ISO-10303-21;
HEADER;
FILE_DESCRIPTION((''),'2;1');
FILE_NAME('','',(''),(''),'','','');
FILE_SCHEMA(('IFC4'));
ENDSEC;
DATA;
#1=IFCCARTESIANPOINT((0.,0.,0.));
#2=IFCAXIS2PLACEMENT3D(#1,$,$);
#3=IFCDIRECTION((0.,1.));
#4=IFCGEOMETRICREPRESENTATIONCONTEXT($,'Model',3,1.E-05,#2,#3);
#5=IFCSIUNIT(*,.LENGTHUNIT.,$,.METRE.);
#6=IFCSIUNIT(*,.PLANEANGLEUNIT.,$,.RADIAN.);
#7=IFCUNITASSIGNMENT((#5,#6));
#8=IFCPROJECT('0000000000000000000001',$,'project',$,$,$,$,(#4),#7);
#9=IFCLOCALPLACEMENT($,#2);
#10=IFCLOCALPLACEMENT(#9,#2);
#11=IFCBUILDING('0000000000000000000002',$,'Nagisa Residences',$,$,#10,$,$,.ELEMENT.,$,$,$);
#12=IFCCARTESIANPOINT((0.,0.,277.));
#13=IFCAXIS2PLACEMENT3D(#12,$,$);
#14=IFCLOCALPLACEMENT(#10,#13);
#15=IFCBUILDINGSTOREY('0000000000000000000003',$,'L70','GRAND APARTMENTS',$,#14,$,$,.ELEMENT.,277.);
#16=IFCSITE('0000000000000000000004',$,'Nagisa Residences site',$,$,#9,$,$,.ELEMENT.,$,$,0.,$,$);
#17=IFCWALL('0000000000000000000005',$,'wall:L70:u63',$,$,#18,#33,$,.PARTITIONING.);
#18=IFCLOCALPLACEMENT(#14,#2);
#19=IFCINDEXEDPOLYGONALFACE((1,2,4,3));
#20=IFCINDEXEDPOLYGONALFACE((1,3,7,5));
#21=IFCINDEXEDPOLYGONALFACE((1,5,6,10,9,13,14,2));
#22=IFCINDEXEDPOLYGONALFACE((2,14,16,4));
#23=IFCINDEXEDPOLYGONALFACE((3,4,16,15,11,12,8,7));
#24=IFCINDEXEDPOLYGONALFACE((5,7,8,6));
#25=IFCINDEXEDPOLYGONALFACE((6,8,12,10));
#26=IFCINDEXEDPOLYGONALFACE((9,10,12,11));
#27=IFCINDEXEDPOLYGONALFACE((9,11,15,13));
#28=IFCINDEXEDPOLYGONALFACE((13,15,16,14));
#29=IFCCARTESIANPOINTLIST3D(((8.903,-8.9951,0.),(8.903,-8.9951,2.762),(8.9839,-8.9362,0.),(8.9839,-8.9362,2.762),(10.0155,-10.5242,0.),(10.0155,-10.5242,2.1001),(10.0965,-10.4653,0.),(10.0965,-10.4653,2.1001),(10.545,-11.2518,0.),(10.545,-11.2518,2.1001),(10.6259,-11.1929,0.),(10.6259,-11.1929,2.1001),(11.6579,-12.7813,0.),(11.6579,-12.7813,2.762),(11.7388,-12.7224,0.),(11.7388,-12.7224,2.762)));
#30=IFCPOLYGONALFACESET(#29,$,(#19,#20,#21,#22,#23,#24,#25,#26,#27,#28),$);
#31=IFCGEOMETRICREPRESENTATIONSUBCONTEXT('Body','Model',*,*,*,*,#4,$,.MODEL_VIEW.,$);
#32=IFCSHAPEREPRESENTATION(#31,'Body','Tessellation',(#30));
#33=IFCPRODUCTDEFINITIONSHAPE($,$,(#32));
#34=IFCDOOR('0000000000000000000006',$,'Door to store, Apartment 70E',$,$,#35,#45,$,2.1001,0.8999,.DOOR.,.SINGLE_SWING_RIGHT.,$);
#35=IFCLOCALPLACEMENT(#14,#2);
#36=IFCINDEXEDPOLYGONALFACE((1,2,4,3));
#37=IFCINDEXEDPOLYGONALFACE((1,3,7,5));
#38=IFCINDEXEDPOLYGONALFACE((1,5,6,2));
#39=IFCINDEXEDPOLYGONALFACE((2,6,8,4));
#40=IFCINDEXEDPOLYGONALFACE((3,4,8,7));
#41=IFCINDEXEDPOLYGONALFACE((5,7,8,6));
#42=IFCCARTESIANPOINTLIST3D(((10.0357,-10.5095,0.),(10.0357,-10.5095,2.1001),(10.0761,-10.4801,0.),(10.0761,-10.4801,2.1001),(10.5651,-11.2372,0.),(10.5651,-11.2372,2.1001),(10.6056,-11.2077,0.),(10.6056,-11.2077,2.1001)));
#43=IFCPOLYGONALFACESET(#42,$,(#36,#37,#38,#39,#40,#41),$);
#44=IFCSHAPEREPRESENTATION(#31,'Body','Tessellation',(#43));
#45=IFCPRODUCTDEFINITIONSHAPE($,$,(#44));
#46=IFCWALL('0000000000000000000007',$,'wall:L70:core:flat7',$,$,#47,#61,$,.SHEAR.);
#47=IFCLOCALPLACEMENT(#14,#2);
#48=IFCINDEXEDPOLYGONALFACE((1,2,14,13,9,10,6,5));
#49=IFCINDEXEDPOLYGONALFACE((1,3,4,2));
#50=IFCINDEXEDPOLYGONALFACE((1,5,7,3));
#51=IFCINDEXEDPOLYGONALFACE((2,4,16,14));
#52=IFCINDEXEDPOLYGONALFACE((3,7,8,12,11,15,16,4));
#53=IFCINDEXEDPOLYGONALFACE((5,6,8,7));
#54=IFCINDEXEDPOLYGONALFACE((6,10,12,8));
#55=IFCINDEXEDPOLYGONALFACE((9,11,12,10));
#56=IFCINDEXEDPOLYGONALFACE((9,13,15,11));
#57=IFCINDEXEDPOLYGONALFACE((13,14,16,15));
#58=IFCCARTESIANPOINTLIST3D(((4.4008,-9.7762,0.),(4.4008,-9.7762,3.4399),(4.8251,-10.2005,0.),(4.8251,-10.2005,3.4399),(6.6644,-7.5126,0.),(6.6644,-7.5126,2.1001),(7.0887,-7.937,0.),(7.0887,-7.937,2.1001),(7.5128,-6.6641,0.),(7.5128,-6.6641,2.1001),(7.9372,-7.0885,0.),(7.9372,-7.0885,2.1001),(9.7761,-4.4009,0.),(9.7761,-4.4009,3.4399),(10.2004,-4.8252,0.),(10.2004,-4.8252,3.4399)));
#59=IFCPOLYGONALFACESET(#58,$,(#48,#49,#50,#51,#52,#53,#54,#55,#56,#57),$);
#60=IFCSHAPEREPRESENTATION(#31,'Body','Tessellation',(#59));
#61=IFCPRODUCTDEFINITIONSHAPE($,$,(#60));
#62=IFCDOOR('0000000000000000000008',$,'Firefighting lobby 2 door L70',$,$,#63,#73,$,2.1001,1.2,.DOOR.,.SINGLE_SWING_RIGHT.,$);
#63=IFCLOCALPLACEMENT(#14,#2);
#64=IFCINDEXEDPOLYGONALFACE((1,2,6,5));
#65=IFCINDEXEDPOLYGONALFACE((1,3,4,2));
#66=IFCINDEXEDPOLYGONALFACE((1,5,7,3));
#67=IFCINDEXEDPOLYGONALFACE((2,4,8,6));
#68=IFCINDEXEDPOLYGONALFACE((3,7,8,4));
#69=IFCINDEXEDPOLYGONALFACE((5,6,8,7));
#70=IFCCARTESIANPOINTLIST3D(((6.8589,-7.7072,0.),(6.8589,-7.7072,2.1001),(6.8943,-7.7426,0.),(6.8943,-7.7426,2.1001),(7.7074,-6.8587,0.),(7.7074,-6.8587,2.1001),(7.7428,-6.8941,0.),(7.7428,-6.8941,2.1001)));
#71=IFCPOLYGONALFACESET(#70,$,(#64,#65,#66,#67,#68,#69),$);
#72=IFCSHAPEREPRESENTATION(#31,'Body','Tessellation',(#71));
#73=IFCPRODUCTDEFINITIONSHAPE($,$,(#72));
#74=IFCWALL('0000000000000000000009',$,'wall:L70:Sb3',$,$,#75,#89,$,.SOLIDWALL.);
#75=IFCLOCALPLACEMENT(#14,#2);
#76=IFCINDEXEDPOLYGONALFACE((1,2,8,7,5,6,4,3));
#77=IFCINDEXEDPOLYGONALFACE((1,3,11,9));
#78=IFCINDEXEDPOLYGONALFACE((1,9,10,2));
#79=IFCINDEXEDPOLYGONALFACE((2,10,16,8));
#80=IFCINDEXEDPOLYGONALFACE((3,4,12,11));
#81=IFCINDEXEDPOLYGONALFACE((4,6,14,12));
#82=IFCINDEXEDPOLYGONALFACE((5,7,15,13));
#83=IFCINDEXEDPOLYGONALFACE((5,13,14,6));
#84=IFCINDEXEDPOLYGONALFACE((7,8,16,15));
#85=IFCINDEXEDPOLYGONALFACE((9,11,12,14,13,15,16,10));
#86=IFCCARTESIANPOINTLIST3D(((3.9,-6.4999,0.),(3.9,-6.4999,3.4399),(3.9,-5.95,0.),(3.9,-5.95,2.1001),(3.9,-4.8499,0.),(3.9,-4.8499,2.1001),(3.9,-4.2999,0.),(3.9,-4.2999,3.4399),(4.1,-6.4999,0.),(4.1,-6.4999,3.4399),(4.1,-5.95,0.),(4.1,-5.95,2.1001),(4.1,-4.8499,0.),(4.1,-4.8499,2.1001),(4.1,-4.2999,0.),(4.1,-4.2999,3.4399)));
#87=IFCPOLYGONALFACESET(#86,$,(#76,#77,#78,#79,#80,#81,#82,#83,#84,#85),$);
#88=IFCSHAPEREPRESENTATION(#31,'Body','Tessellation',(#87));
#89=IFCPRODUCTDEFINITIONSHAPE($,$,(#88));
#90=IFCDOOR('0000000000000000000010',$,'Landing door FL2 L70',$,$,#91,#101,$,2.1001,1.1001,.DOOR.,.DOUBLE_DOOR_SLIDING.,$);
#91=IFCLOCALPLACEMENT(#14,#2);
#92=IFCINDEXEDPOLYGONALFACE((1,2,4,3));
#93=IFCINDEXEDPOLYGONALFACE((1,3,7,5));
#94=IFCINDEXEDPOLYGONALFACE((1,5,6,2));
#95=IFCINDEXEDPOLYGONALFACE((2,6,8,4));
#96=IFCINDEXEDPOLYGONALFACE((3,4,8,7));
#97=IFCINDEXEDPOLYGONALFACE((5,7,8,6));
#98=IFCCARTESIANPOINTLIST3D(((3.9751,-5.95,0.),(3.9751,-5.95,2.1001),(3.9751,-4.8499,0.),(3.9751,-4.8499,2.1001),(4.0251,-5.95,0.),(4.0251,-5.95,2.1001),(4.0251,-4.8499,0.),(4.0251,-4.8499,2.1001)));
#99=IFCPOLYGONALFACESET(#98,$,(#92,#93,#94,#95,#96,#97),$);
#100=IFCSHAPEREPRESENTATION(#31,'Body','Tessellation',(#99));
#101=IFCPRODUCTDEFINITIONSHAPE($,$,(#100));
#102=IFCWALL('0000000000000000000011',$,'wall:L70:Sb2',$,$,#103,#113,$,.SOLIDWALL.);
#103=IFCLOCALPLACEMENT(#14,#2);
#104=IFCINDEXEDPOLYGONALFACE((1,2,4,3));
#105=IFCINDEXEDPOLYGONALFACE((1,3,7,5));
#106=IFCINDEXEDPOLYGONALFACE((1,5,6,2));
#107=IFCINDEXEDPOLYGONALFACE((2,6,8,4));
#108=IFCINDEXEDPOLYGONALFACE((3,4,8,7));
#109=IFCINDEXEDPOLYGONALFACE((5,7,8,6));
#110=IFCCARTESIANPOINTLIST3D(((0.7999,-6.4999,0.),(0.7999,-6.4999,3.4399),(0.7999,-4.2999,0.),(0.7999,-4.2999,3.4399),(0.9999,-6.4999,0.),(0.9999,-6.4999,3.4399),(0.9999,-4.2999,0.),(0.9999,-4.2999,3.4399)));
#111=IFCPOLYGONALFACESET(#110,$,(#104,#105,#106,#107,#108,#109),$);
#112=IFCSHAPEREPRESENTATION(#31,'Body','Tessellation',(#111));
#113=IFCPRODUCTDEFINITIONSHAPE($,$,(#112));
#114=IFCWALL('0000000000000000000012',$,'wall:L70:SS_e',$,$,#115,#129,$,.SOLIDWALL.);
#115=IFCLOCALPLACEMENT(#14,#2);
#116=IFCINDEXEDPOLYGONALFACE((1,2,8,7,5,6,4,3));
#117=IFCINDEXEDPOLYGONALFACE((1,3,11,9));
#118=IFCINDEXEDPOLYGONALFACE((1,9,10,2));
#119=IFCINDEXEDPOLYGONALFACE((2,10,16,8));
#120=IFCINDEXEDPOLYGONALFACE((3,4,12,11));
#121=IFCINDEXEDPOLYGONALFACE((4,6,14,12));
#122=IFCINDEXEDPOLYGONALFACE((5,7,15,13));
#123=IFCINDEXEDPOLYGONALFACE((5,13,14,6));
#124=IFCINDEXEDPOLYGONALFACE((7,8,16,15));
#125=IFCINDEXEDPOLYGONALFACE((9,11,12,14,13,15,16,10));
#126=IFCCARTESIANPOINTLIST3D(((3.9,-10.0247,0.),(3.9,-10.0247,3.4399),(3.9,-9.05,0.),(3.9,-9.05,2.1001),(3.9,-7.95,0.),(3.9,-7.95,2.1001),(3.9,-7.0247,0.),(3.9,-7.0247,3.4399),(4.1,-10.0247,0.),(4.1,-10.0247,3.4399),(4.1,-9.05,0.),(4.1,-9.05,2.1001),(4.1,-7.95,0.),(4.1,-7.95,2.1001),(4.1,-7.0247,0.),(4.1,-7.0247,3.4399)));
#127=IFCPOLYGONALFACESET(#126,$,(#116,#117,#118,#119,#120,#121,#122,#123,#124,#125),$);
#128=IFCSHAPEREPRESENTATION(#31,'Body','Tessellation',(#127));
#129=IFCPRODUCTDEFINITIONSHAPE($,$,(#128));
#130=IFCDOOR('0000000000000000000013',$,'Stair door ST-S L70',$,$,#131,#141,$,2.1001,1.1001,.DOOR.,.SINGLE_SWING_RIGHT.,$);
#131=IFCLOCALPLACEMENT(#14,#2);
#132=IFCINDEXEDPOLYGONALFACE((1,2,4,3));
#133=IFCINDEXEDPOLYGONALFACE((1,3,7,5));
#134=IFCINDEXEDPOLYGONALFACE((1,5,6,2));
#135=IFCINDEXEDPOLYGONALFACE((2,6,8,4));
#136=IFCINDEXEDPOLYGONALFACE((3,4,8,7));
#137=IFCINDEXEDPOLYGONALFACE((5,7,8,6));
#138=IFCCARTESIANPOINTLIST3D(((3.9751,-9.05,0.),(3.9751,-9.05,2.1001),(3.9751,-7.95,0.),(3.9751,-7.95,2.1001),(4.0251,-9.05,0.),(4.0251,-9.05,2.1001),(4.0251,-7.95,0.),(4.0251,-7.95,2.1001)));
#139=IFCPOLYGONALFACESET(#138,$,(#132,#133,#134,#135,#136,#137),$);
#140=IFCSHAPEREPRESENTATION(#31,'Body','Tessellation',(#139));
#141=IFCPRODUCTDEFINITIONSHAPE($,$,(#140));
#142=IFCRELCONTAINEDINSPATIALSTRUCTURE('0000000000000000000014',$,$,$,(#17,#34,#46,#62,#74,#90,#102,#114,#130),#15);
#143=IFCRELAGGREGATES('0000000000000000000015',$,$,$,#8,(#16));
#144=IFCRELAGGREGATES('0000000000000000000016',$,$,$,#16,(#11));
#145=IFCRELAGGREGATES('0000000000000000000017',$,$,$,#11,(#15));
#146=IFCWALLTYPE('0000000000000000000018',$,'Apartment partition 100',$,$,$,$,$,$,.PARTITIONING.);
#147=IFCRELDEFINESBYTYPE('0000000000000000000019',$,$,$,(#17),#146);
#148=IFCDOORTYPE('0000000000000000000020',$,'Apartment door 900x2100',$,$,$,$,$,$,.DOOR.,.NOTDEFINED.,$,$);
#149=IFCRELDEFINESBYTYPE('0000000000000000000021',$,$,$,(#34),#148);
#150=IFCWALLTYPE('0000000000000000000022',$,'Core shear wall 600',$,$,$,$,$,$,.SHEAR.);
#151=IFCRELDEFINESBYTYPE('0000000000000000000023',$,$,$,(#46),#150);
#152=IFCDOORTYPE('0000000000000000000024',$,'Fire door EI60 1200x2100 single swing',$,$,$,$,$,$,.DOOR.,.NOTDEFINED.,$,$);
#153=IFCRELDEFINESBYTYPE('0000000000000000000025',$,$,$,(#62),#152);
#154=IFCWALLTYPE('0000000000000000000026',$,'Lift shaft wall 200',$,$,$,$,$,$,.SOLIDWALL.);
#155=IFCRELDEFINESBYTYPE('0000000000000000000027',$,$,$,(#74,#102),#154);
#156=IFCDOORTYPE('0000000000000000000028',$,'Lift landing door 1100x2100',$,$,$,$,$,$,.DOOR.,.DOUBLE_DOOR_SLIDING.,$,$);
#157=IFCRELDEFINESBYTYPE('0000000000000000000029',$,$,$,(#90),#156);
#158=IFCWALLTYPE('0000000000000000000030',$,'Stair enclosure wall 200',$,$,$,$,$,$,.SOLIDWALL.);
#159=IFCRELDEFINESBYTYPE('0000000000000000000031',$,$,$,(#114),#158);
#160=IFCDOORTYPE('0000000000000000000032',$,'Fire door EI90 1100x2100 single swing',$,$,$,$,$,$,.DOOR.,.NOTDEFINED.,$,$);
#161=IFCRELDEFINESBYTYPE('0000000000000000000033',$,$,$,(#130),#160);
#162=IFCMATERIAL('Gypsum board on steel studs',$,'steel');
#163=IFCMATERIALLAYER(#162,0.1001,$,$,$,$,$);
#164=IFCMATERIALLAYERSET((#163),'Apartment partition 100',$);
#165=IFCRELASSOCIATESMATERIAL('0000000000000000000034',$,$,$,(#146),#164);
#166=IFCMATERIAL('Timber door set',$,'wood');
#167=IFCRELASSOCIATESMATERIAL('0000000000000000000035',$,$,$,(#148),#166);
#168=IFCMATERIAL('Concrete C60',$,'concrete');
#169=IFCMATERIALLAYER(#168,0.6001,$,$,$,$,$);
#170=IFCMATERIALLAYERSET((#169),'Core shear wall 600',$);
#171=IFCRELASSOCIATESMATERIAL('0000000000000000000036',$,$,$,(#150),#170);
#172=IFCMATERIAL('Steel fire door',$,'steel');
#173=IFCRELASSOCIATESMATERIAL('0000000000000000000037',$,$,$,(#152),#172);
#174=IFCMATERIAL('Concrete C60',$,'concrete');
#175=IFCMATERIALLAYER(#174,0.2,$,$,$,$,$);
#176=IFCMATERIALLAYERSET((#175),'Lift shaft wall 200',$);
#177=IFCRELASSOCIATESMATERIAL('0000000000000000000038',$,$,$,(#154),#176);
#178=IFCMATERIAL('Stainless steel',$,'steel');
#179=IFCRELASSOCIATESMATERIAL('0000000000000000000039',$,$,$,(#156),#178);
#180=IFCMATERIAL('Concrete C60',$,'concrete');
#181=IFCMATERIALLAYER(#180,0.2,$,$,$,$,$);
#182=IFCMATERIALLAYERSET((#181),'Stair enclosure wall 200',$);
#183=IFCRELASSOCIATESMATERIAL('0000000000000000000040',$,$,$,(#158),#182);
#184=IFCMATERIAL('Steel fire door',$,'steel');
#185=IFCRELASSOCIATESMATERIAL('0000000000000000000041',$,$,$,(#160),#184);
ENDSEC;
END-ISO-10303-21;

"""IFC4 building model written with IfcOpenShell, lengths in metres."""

from ifc_helpers import new_model, si_unit, direction, frame, frame_2d, origin, place, context, subcontext, project, spatial, rectangle, extrude, material, layer, layer_set, type_object, element, fill, save


model = new_model("IFC4")

# Units and contexts
model_context = context("Model", 3, precision=1e-05, world=origin(), true_north=direction((0.0, 1.0)))
body_context = subcontext(model_context, "Body", "Model", "MODEL_VIEW")
ifc_project = project(units=[si_unit("LENGTHUNIT", "METRE"), si_unit("PLANEANGLEUNIT", "RADIAN")], contexts=[model_context])

# Site, building, storey
site_placement = place(None, origin())
site = spatial("IfcSite", under=ifc_project, at=site_placement, Name="Nagisa Residences site", CompositionType="ELEMENT", RefElevation=0.0)
building_placement = place(site_placement, origin())
building = spatial("IfcBuilding", under=site, at=building_placement, Name="Nagisa Residences", CompositionType="ELEMENT")
storey_placement = place(building_placement, frame((0.0, 0.0, 277.0)))
storey = spatial("IfcBuildingStorey", under=building, at=storey_placement, Name="L70", Description="GRAND APARTMENTS", CompositionType="ELEMENT", Elevation=277.0)

# Walls, openings, doors
ifc_material_1 = material(Name="Gypsum board on steel studs", Category="steel")
ifc_layer_1 = layer(ifc_material_1, 0.1001)
ifc_layer_set_1 = layer_set([ifc_layer_1], Name="Apartment partition 100")
wall_type_1 = type_object("IfcWallType", Name="Apartment partition 100", PredefinedType="PARTITIONING", material=ifc_layer_set_1)
wall_1_placement = place(storey_placement, frame((8.9434, -8.9656, 0.0), z_axis=(0.0, 0.0, 1.0), x_axis=(0.588358, -0.808601, 0.0)))
wall_1 = element("IfcWall", 1, at=wall_1_placement, inside=storey, type_object=wall_type_1, Name="wall:L70:u63", PredefinedType="PARTITIONING", context=body_context, shape_type="SweptSolid", body=[
    extrude(rectangle(XDim=4.6824, YDim=0.1001, at=frame_2d((2.3413, 0.0))), origin(), (0.0, 0.0, 1.0), 2.762),
])
opening_1_placement = place(wall_1_placement, frame((1.8911, 0.0, 0.0)))
opening_1 = element("IfcOpeningElement", 2, at=opening_1_placement, cuts=wall_1, PredefinedType="OPENING", context=body_context, shape_type="SweptSolid", body=[
    extrude(rectangle(XDim=0.8999, YDim=2.1001, at=frame_2d((0.45, 1.05))), frame((0.0, 0.0601, 0.0), z_axis=(0.0, -1.0, 0.0), x_axis=(1.0, 0.0, 0.0)), (0.0, 0.0, 1.0), 0.1201),
])
ifc_material_2 = material(Name="Timber door set", Category="wood")
door_type_1 = type_object("IfcDoorType", Name="Apartment door 900x2100", OperationType="NOTDEFINED", PredefinedType="DOOR", material=ifc_material_2)
door_1_placement = place(opening_1_placement, origin())
door_1 = element("IfcDoor", 3, at=door_1_placement, inside=storey, type_object=door_type_1, Name="Door to store, Apartment 70E", OperationType="SINGLE_SWING_RIGHT", OverallHeight=2.1001, OverallWidth=0.8999, PredefinedType="DOOR", context=body_context, shape_type="SweptSolid", body=[
    extrude(rectangle(XDim=0.8999, YDim=2.1001, at=frame_2d((0.45, 1.05))), frame((0.0, 0.0249, 0.0), z_axis=(0.0, -1.0, 0.0), x_axis=(1.0, 0.0, 0.0)), (0.0, 0.0, 1.0), 0.05),
])
fill(opening_1, door_1)
ifc_material_3 = material(Name="Concrete C60", Category="concrete")
ifc_layer_2 = layer(ifc_material_3, 0.6001)
ifc_layer_set_2 = layer_set([ifc_layer_2], Name="Core shear wall 600")
wall_type_2 = type_object("IfcWallType", Name="Core shear wall 600", PredefinedType="SHEAR", material=ifc_layer_set_2)
wall_2_placement = place(storey_placement, frame((4.613, -9.9883, 0.0), z_axis=(0.0, 0.0, 1.0), x_axis=(0.707107, 0.707107, 0.0)))
wall_2 = element("IfcWall", 4, at=wall_2_placement, inside=storey, type_object=wall_type_2, Name="wall:L70:core:flat7", PredefinedType="SHEAR", context=body_context, shape_type="SweptSolid", body=[
    extrude(rectangle(XDim=7.6018, YDim=0.6001, at=frame_2d((3.8008, 0.0))), origin(), (0.0, 0.0, 1.0), 3.4399),
])
opening_2_placement = place(wall_2_placement, frame((3.2009, 0.0, 0.0)))
opening_2 = element("IfcOpeningElement", 5, at=opening_2_placement, cuts=wall_2, PredefinedType="OPENING", context=body_context, shape_type="SweptSolid", body=[
    extrude(rectangle(XDim=1.2, YDim=2.1001, at=frame_2d((0.6001, 1.05))), frame((0.0, 0.3101, 0.0), z_axis=(0.0, -1.0, 0.0), x_axis=(1.0, 0.0, 0.0)), (0.0, 0.0, 1.0), 0.6201),
])
ifc_material_4 = material(Name="Steel fire door", Category="steel")
door_type_2 = type_object("IfcDoorType", Name="Fire door EI60 1200x2100 single swing", OperationType="NOTDEFINED", PredefinedType="DOOR", material=ifc_material_4)
door_2_placement = place(opening_2_placement, origin())
door_2 = element("IfcDoor", 6, at=door_2_placement, inside=storey, type_object=door_type_2, Name="Firefighting lobby 2 door L70", OperationType="SINGLE_SWING_RIGHT", OverallHeight=2.1001, OverallWidth=1.2, PredefinedType="DOOR", context=body_context, shape_type="SweptSolid", body=[
    extrude(rectangle(XDim=1.2, YDim=2.1001, at=frame_2d((0.6001, 1.05))), frame((0.0, 0.0249, 0.0), z_axis=(0.0, -1.0, 0.0), x_axis=(1.0, 0.0, 0.0)), (0.0, 0.0, 1.0), 0.05),
])
fill(opening_2, door_2)
ifc_material_5 = material(Name="Concrete C60", Category="concrete")
ifc_layer_3 = layer(ifc_material_5, 0.2)
ifc_layer_set_3 = layer_set([ifc_layer_3], Name="Lift shaft wall 200")
wall_type_3 = type_object("IfcWallType", Name="Lift shaft wall 200", PredefinedType="SOLIDWALL", material=ifc_layer_set_3)
wall_3_placement = place(storey_placement, frame((4.0, -6.5, 0.0), z_axis=(0.0, 0.0, 1.0), x_axis=(0.0, 1.0, 0.0)))
wall_3 = element("IfcWall", 7, at=wall_3_placement, inside=storey, type_object=wall_type_3, Name="wall:L70:Sb3", PredefinedType="SOLIDWALL", context=body_context, shape_type="SweptSolid", body=[
    extrude(rectangle(XDim=2.2, YDim=0.2, at=frame_2d((1.1001, 0.0))), origin(), (0.0, 0.0, 1.0), 3.4399),
])
opening_3_placement = place(wall_3_placement, frame((0.55, 0.0, 0.0)))
opening_3 = element("IfcOpeningElement", 8, at=opening_3_placement, cuts=wall_3, PredefinedType="OPENING", context=body_context, shape_type="SweptSolid", body=[
    extrude(rectangle(XDim=1.1001, YDim=2.1001, at=frame_2d((0.55, 1.05))), frame((0.0, 0.1099, 0.0), z_axis=(0.0, -1.0, 0.0), x_axis=(1.0, 0.0, 0.0)), (0.0, 0.0, 1.0), 0.22),
])
ifc_material_6 = material(Name="Stainless steel", Category="steel")
door_type_3 = type_object("IfcDoorType", Name="Lift landing door 1100x2100", OperationType="DOUBLE_DOOR_SLIDING", PredefinedType="DOOR", material=ifc_material_6)
door_3_placement = place(opening_3_placement, origin())
door_3 = element("IfcDoor", 9, at=door_3_placement, inside=storey, type_object=door_type_3, Name="Landing door FL2 L70", OperationType="DOUBLE_DOOR_SLIDING", OverallHeight=2.1001, OverallWidth=1.1001, PredefinedType="DOOR", context=body_context, shape_type="SweptSolid", body=[
    extrude(rectangle(XDim=1.1001, YDim=2.1001, at=frame_2d((0.55, 1.05))), frame((0.0, 0.0249, 0.0), z_axis=(0.0, -1.0, 0.0), x_axis=(1.0, 0.0, 0.0)), (0.0, 0.0, 1.0), 0.05),
])
fill(opening_3, door_3)

# Wall
wall_4_placement = place(storey_placement, frame((0.8999, -6.5, 0.0), z_axis=(0.0, 0.0, 1.0), x_axis=(0.0, 1.0, 0.0)))
element("IfcWall", 10, at=wall_4_placement, inside=storey, type_object=wall_type_3, Name="wall:L70:Sb2", PredefinedType="SOLIDWALL", context=body_context, shape_type="SweptSolid", body=[
    extrude(rectangle(XDim=2.2, YDim=0.2, at=frame_2d((1.1001, 0.0))), origin(), (0.0, 0.0, 1.0), 3.4399),
])

# Wall, opening, door
ifc_material_7 = material(Name="Concrete C60", Category="concrete")
ifc_layer_4 = layer(ifc_material_7, 0.2)
ifc_layer_set_4 = layer_set([ifc_layer_4], Name="Stair enclosure wall 200")
wall_type_4 = type_object("IfcWallType", Name="Stair enclosure wall 200", PredefinedType="SOLIDWALL", material=ifc_layer_set_4)
wall_5_placement = place(storey_placement, frame((4.0, -10.0247, 0.0), z_axis=(0.0, 0.0, 1.0), x_axis=(0.0, 1.0, 0.0)))
wall_5 = element("IfcWall", 11, at=wall_5_placement, inside=storey, type_object=wall_type_4, Name="wall:L70:SS_e", PredefinedType="SOLIDWALL", context=body_context, shape_type="SweptSolid", body=[
    extrude(rectangle(XDim=3.0, YDim=0.2, at=frame_2d((1.5, 0.0))), origin(), (0.0, 0.0, 1.0), 3.4399),
])
opening_4_placement = place(wall_5_placement, frame((0.9746, 0.0, 0.0)))
opening_4 = element("IfcOpeningElement", 12, at=opening_4_placement, cuts=wall_5, PredefinedType="OPENING", context=body_context, shape_type="SweptSolid", body=[
    extrude(rectangle(XDim=1.1001, YDim=2.1001, at=frame_2d((0.55, 1.05))), frame((0.0, 0.1099, 0.0), z_axis=(0.0, -1.0, 0.0), x_axis=(1.0, 0.0, 0.0)), (0.0, 0.0, 1.0), 0.22),
])
ifc_material_8 = material(Name="Steel fire door", Category="steel")
door_type_4 = type_object("IfcDoorType", Name="Fire door EI90 1100x2100 single swing", OperationType="NOTDEFINED", PredefinedType="DOOR", material=ifc_material_8)
door_4_placement = place(opening_4_placement, origin())
door_4 = element("IfcDoor", 13, at=door_4_placement, inside=storey, type_object=door_type_4, Name="Stair door ST-S L70", OperationType="SINGLE_SWING_RIGHT", OverallHeight=2.1001, OverallWidth=1.1001, PredefinedType="DOOR", context=body_context, shape_type="SweptSolid", body=[
    extrude(rectangle(XDim=1.1001, YDim=2.1001, at=frame_2d((0.55, 1.05))), frame((0.0, 0.0249, 0.0), z_axis=(0.0, -1.0, 0.0), x_axis=(1.0, 0.0, 0.0)), (0.0, 0.0, 1.0), 0.05),
])
fill(opening_4, door_4)

save(model, "model.ifc")
